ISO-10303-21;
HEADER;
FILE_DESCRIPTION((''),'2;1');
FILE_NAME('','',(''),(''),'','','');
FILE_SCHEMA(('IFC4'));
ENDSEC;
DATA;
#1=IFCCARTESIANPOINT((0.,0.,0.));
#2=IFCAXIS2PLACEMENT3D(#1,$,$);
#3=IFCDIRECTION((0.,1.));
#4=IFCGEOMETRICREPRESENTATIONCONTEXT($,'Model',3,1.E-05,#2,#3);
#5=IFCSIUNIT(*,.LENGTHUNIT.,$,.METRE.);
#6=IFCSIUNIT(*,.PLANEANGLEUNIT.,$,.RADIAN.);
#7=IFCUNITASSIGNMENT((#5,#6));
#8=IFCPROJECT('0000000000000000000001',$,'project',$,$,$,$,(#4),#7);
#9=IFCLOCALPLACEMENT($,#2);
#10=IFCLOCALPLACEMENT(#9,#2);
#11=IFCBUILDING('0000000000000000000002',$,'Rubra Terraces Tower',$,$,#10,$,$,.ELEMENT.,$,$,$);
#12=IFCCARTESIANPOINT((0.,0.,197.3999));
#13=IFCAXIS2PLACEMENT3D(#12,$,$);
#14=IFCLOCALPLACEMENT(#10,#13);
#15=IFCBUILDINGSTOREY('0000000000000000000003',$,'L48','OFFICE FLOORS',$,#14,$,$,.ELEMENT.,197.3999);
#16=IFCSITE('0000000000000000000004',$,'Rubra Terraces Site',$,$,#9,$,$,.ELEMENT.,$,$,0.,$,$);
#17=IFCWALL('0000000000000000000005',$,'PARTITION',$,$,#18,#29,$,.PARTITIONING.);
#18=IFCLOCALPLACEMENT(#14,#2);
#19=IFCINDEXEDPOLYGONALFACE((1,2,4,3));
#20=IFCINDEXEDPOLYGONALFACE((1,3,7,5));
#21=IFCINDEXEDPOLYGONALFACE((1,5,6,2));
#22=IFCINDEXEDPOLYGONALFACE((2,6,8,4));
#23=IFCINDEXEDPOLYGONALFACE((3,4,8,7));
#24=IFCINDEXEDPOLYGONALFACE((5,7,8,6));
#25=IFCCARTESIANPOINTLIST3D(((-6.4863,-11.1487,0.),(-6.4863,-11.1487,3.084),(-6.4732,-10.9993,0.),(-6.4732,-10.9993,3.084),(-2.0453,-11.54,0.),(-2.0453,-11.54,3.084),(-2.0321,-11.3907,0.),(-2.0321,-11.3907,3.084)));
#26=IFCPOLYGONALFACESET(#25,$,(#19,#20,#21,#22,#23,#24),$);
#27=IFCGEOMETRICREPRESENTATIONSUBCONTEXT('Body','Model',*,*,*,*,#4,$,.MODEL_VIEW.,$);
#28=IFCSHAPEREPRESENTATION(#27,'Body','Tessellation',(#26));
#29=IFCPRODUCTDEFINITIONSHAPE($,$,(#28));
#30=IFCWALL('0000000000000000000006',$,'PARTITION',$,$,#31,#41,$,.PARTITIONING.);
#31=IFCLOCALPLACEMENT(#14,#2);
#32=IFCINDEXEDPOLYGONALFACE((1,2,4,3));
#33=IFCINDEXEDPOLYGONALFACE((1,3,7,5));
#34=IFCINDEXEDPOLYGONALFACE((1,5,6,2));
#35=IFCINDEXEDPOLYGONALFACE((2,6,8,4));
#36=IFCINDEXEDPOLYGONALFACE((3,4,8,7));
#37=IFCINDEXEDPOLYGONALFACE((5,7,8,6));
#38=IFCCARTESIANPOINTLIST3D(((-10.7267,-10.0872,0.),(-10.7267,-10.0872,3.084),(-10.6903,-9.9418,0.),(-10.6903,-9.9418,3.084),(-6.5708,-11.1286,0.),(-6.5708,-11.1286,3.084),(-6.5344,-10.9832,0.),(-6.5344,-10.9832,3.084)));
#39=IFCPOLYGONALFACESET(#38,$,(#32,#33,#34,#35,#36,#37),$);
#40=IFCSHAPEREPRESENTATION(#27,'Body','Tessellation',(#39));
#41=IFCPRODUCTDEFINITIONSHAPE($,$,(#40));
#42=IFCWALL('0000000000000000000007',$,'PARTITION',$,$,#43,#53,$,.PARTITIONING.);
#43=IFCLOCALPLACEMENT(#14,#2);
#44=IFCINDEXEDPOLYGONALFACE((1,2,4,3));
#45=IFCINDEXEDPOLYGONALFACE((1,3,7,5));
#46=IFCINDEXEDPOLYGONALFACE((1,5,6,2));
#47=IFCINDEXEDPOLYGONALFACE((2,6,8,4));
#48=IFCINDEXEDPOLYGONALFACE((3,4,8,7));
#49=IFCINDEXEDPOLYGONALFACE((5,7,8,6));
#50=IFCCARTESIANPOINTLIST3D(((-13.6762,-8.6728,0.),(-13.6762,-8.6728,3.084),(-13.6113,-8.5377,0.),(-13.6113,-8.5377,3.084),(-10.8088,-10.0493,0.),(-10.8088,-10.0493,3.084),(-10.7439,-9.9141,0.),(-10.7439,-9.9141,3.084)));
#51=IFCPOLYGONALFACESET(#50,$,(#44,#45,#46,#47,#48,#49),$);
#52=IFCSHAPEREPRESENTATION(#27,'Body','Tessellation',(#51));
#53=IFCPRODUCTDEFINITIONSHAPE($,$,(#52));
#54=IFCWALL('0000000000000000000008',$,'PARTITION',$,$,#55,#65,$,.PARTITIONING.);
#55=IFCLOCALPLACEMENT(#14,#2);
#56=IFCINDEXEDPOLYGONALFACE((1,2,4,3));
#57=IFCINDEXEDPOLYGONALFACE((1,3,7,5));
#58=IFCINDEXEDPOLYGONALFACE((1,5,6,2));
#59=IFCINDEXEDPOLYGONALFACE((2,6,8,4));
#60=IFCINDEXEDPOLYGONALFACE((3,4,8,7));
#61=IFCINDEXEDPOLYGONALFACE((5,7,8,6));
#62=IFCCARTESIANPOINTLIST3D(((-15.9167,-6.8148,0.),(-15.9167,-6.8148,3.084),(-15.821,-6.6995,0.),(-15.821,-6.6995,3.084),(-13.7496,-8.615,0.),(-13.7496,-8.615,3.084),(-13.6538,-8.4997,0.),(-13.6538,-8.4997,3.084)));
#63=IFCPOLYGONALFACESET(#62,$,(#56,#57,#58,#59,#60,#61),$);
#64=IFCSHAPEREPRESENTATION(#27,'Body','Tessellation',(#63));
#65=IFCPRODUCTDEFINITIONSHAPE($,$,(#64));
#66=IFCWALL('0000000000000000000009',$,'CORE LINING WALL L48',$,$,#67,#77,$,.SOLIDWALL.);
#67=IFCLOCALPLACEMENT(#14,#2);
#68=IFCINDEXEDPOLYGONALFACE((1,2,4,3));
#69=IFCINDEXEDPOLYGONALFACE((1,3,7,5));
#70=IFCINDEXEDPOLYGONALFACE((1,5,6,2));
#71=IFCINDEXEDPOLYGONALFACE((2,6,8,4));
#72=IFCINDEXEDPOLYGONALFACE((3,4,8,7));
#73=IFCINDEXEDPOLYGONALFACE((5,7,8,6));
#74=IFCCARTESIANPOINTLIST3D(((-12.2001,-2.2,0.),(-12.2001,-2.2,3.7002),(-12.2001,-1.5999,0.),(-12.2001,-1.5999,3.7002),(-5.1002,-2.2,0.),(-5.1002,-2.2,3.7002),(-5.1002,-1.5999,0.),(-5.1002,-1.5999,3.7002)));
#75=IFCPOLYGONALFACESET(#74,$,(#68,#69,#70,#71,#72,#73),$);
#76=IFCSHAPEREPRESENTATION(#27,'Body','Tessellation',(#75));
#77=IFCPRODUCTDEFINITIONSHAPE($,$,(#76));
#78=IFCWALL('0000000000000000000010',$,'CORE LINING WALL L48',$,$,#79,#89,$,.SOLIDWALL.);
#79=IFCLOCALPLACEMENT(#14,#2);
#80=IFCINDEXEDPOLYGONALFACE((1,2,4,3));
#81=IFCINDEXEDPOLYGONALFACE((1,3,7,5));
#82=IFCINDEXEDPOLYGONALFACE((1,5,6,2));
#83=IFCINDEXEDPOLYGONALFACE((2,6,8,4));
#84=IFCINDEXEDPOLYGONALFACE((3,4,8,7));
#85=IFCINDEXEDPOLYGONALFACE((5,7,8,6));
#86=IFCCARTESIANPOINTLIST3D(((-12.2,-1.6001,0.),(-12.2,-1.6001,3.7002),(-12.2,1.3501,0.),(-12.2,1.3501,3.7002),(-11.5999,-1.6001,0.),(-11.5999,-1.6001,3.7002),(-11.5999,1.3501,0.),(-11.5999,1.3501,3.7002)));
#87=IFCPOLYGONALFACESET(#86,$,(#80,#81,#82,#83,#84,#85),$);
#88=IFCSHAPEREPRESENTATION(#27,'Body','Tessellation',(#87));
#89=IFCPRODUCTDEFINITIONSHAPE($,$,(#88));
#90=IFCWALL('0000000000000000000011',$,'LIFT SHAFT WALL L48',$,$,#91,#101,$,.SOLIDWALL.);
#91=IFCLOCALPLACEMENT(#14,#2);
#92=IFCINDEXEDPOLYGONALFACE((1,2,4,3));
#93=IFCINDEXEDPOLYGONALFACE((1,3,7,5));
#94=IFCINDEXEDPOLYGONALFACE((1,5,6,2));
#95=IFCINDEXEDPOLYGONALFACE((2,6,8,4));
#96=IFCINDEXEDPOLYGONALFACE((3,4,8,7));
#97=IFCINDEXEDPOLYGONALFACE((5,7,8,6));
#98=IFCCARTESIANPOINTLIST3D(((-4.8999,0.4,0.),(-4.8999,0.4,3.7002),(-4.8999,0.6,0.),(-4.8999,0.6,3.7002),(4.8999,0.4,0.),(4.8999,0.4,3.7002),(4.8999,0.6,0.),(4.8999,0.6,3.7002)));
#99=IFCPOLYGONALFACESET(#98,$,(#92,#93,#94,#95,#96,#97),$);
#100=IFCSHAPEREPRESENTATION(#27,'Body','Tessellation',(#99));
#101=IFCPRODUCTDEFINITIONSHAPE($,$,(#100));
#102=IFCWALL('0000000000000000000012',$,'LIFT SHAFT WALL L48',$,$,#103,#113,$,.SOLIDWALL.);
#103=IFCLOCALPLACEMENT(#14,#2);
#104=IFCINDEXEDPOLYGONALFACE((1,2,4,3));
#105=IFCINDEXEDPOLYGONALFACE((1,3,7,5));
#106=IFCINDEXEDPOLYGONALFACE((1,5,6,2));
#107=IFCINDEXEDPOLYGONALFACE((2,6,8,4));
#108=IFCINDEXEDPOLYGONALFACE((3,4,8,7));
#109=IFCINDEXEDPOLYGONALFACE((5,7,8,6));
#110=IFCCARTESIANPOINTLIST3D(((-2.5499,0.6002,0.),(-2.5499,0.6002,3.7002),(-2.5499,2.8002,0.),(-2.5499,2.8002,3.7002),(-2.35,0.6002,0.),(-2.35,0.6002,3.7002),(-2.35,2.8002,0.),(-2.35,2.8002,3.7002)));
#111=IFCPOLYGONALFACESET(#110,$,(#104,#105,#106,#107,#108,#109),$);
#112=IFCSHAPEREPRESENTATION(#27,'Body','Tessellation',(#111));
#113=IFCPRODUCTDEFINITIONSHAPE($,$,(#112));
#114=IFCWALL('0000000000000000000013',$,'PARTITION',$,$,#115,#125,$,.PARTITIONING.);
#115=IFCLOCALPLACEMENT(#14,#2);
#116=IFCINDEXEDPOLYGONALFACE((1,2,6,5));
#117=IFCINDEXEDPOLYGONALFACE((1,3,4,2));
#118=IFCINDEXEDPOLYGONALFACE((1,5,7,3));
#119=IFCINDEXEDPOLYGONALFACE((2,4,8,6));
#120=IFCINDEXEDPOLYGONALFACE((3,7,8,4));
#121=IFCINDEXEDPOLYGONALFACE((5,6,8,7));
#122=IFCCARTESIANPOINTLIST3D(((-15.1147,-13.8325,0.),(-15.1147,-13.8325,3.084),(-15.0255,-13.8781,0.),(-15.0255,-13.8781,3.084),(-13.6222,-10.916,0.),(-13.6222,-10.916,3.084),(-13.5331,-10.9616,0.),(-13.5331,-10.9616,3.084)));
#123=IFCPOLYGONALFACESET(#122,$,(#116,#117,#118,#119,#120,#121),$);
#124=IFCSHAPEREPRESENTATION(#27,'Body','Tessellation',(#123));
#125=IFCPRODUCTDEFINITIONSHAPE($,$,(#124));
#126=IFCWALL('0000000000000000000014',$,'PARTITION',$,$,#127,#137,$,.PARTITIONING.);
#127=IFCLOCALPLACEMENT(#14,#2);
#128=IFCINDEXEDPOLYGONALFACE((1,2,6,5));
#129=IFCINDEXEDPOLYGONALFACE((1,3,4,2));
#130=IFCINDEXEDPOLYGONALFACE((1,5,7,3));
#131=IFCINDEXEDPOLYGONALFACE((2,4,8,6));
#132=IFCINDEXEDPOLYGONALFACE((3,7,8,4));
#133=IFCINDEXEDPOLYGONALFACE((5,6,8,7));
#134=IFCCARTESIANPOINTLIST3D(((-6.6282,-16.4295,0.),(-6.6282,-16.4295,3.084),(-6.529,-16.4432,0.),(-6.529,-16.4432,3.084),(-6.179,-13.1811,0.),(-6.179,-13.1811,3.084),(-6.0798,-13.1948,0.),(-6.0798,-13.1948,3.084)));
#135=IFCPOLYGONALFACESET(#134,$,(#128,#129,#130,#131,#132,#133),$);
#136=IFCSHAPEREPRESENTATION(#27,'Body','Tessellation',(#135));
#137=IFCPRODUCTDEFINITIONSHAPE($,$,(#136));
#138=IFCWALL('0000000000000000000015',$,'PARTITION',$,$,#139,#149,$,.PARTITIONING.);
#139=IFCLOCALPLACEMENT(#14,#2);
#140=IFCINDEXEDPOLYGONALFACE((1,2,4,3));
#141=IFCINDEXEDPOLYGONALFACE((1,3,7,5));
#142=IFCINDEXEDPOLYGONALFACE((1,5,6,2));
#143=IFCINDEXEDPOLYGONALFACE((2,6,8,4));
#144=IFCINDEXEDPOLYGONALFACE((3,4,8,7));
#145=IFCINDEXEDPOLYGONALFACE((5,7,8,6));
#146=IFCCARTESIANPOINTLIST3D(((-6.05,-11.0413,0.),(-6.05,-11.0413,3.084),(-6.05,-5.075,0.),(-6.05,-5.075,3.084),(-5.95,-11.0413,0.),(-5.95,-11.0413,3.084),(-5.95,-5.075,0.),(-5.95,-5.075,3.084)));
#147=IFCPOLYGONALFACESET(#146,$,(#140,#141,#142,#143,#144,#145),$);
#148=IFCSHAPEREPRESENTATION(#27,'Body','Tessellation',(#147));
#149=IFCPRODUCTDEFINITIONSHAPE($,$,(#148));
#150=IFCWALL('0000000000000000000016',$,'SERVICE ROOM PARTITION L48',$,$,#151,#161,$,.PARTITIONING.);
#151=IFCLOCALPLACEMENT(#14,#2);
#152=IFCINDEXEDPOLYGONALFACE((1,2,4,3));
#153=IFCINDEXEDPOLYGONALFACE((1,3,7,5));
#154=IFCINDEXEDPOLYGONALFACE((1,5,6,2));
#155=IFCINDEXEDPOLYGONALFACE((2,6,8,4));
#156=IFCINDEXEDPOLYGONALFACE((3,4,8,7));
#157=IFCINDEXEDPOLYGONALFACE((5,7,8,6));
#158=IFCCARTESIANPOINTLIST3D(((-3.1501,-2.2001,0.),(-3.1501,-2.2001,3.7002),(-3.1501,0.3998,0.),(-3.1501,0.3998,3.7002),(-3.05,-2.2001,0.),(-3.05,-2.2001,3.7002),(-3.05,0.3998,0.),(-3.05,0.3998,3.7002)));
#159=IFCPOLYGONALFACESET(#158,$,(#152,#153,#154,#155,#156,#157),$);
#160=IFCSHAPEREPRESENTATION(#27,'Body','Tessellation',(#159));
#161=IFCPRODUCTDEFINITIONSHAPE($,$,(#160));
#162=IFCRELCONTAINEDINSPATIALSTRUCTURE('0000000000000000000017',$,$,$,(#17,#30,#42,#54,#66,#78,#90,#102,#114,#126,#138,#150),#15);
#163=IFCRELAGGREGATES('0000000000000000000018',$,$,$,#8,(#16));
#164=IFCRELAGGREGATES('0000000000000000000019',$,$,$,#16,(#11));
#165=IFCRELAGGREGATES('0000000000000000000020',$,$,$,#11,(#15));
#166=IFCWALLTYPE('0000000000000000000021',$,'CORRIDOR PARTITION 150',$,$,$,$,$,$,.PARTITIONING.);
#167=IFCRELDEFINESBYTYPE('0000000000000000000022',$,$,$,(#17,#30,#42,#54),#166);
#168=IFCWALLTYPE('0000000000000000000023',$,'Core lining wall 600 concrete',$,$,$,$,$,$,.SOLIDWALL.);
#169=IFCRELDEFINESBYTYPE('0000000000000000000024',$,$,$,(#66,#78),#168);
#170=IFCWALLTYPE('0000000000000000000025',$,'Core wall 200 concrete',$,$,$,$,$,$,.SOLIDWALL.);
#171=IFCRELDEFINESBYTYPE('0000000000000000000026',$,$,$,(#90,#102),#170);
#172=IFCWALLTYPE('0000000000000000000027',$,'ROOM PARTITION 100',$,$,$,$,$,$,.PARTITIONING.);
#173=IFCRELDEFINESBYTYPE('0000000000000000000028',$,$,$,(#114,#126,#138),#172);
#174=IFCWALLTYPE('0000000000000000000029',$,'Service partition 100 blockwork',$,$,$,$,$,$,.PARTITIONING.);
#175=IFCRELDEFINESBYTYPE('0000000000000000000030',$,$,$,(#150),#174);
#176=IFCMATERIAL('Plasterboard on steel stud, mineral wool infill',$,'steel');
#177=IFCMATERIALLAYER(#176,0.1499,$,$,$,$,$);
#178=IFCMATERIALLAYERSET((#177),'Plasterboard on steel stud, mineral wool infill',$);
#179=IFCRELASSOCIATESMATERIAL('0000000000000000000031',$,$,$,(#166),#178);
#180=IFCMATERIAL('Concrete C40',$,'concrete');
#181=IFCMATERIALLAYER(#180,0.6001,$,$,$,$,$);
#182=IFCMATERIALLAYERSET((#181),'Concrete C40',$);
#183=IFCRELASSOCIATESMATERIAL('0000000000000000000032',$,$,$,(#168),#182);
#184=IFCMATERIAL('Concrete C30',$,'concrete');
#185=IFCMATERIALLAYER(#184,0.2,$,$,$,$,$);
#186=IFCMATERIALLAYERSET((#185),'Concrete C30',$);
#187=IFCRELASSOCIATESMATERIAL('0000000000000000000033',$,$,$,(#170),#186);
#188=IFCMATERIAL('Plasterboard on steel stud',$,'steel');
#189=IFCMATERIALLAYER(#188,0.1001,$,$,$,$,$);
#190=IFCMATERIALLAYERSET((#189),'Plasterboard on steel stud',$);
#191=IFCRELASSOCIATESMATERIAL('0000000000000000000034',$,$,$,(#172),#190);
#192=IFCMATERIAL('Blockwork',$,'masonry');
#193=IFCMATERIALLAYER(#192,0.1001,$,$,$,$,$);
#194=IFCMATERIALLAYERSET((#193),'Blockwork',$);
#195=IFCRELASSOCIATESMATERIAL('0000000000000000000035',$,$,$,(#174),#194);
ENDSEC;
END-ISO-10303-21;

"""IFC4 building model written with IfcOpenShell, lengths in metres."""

from ifc_helpers import new_model, si_unit, direction, frame, frame_2d, origin, place, context, subcontext, project, spatial, rectangle, extrude, material, layer, layer_set, type_object, element, save


model = new_model("IFC4")

# Units and contexts
model_context = context("Model", 3, precision=1e-05, world=origin(), true_north=direction((0.0, 1.0)))
body_context = subcontext(model_context, "Body", "Model", "MODEL_VIEW")
ifc_project = project(units=[si_unit("LENGTHUNIT", "METRE"), si_unit("PLANEANGLEUNIT", "RADIAN")], contexts=[model_context])

# Site, building, storey
site_placement = place(None, origin())
site = spatial("IfcSite", under=ifc_project, at=site_placement, Name="Rubra Terraces Site", CompositionType="ELEMENT", RefElevation=0.0)
building_placement = place(site_placement, origin())
building = spatial("IfcBuilding", under=site, at=building_placement, Name="Rubra Terraces Tower", CompositionType="ELEMENT")
storey_placement = place(building_placement, frame((0.0, 0.0, 197.3999)))
storey = spatial("IfcBuildingStorey", under=building, at=storey_placement, Name="L48", Description="OFFICE FLOORS", CompositionType="ELEMENT", Elevation=197.3999)

# Shared definitions
ifc_material_1 = material(Name="Concrete C40", Category="concrete")

# Shared definitions
ifc_material_2 = material(Name="Plasterboard on steel stud, mineral wool infill", Category="steel")
ifc_layer_1 = layer(ifc_material_2, 0.1499)
ifc_layer_set_1 = layer_set([ifc_layer_1], Name="Plasterboard on steel stud, mineral wool infill")
wall_type_1 = type_object("IfcWallType", Name="CORRIDOR PARTITION 150", PredefinedType="PARTITIONING", material=ifc_layer_set_1)

# Walls
wall_1_placement = place(storey_placement, frame((-2.0388, -11.4653, 0.0), z_axis=(0.0, 0.0, 1.0), x_axis=(-0.99614, 0.08778, 0.0)))
element("IfcWall", 1, at=wall_1_placement, inside=storey, type_object=wall_type_1, Name="PARTITION", PredefinedType="PARTITIONING", context=body_context, shape_type="SweptSolid", body=[
    extrude(rectangle(XDim=4.4583, YDim=0.1499, at=frame_2d((2.229, 0.0))), origin(), (0.0, 0.0, 1.0), 3.084),
])
wall_2_placement = place(storey_placement, frame((-6.5527, -11.0559, 0.0), z_axis=(0.0, 0.0, 1.0), x_axis=(-0.970005, 0.243085, 0.0)))
element("IfcWall", 2, at=wall_2_placement, inside=storey, type_object=wall_type_1, Name="PARTITION", PredefinedType="PARTITIONING", context=body_context, shape_type="SweptSolid", body=[
    extrude(rectangle(XDim=4.2844, YDim=0.1499, at=frame_2d((2.1421, 0.0))), origin(), (0.0, 0.0, 1.0), 3.084),
])
wall_3_placement = place(storey_placement, frame((-10.7764, -9.9817, 0.0), z_axis=(0.0, 0.0, 1.0), x_axis=(-0.901511, 0.432756, 0.0)))
element("IfcWall", 3, at=wall_3_placement, inside=storey, type_object=wall_type_1, Name="PARTITION", PredefinedType="PARTITIONING", context=body_context, shape_type="SweptSolid", body=[
    extrude(rectangle(XDim=3.1807, YDim=0.1499, at=frame_2d((1.5903, 0.0))), origin(), (0.0, 0.0, 1.0), 3.084),
])
wall_4_placement = place(storey_placement, frame((-13.7017, -8.5574, 0.0), z_axis=(0.0, 0.0, 1.0), x_axis=(-0.769222, 0.638982, 0.0)))
element("IfcWall", 4, at=wall_4_placement, inside=storey, type_object=wall_type_1, Name="PARTITION", PredefinedType="PARTITIONING", context=body_context, shape_type="SweptSolid", body=[
    extrude(rectangle(XDim=2.8174, YDim=0.1499, at=frame_2d((1.4087, 0.0))), origin(), (0.0, 0.0, 1.0), 3.084),
])
ifc_layer_2 = layer(ifc_material_1, 0.6001)
ifc_layer_set_2 = layer_set([ifc_layer_2], Name="Concrete C40")
wall_type_2 = type_object("IfcWallType", Name="Core lining wall 600 concrete", PredefinedType="SOLIDWALL", material=ifc_layer_set_2)
wall_5_placement = place(storey_placement, frame((-12.2, -1.8999, 0.0), z_axis=(0.0, 0.0, 1.0), x_axis=(1.0, 0.0, 0.0)))
element("IfcWall", 5, at=wall_5_placement, inside=storey, type_object=wall_type_2, Name="CORE LINING WALL L48", PredefinedType="SOLIDWALL", context=body_context, shape_type="SweptSolid", body=[
    extrude(rectangle(XDim=7.0999, YDim=0.6001, at=frame_2d((3.5498, 0.0))), origin(), (0.0, 0.0, 1.0), 3.7002),
])
wall_6_placement = place(storey_placement, frame((-11.8999, -1.6001, 0.0), z_axis=(0.0, 0.0, 1.0), x_axis=(0.0, 1.0, 0.0)))
element("IfcWall", 6, at=wall_6_placement, inside=storey, type_object=wall_type_2, Name="CORE LINING WALL L48", PredefinedType="SOLIDWALL", context=body_context, shape_type="SweptSolid", body=[
    extrude(rectangle(XDim=2.9502, YDim=0.6001, at=frame_2d((1.4751, 0.0))), origin(), (0.0, 0.0, 1.0), 3.7002),
])
ifc_material_3 = material(Name="Concrete C30", Category="concrete")
ifc_layer_3 = layer(ifc_material_3, 0.2)
ifc_layer_set_3 = layer_set([ifc_layer_3], Name="Concrete C30")
wall_type_3 = type_object("IfcWallType", Name="Core wall 200 concrete", PredefinedType="SOLIDWALL", material=ifc_layer_set_3)
wall_7_placement = place(storey_placement, frame((-4.8999, 0.5, 0.0), z_axis=(0.0, 0.0, 1.0), x_axis=(1.0, 0.0, 0.0)))
element("IfcWall", 7, at=wall_7_placement, inside=storey, type_object=wall_type_3, Name="LIFT SHAFT WALL L48", PredefinedType="SOLIDWALL", context=body_context, shape_type="SweptSolid", body=[
    extrude(rectangle(XDim=9.7998, YDim=0.2, at=frame_2d((4.8999, 0.0))), origin(), (0.0, 0.0, 1.0), 3.7002),
])
wall_8_placement = place(storey_placement, frame((-2.45, 0.6001, 0.0), z_axis=(0.0, 0.0, 1.0), x_axis=(0.0, 1.0, 0.0)))
element("IfcWall", 8, at=wall_8_placement, inside=storey, type_object=wall_type_3, Name="LIFT SHAFT WALL L48", PredefinedType="SOLIDWALL", context=body_context, shape_type="SweptSolid", body=[
    extrude(rectangle(XDim=2.2, YDim=0.2, at=frame_2d((1.1001, 0.0))), origin(), (0.0, 0.0, 1.0), 3.7002),
])
ifc_material_4 = material(Name="Plasterboard on steel stud", Category="steel")
ifc_layer_4 = layer(ifc_material_4, 0.1001)
ifc_layer_set_4 = layer_set([ifc_layer_4], Name="Plasterboard on steel stud")
wall_type_4 = type_object("IfcWallType", Name="ROOM PARTITION 100", PredefinedType="PARTITIONING", material=ifc_layer_set_4)
wall_9_placement = place(storey_placement, frame((-13.5776, -10.9387, 0.0), z_axis=(0.0, 0.0, 1.0), x_axis=(-0.45554, -0.890215, 0.0)))
element("IfcWall", 9, at=wall_9_placement, inside=storey, type_object=wall_type_4, Name="PARTITION", PredefinedType="PARTITIONING", context=body_context, shape_type="SweptSolid", body=[
    extrude(rectangle(XDim=3.2761, YDim=0.1001, at=frame_2d((1.6382, 0.0))), origin(), (0.0, 0.0, 1.0), 3.084),
])
wall_10_placement = place(storey_placement, frame((-6.1294, -13.188, 0.0), z_axis=(0.0, 0.0, 1.0), x_axis=(-0.13699, -0.990572, 0.0)))
element("IfcWall", 10, at=wall_10_placement, inside=storey, type_object=wall_type_4, Name="PARTITION", PredefinedType="PARTITIONING", context=body_context, shape_type="SweptSolid", body=[
    extrude(rectangle(XDim=3.2793, YDim=0.1001, at=frame_2d((1.6396, 0.0))), origin(), (0.0, 0.0, 1.0), 3.084),
])
wall_11_placement = place(storey_placement, frame((-6.0, -11.0413, 0.0), z_axis=(0.0, 0.0, 1.0), x_axis=(0.0, 1.0, 0.0)))
element("IfcWall", 11, at=wall_11_placement, inside=storey, type_object=wall_type_4, Name="PARTITION", PredefinedType="PARTITIONING", context=body_context, shape_type="SweptSolid", body=[
    extrude(rectangle(XDim=5.9663, YDim=0.1001, at=frame_2d((2.9832, 0.0))), origin(), (0.0, 0.0, 1.0), 3.084),
])
ifc_material_5 = material(Name="Blockwork", Category="masonry")
ifc_layer_5 = layer(ifc_material_5, 0.1001)
ifc_layer_set_5 = layer_set([ifc_layer_5], Name="Blockwork")
wall_type_5 = type_object("IfcWallType", Name="Service partition 100 blockwork", PredefinedType="PARTITIONING", material=ifc_layer_set_5)
wall_12_placement = place(storey_placement, frame((-3.1001, -2.2, 0.0), z_axis=(0.0, 0.0, 1.0), x_axis=(0.0, 1.0, 0.0)))
element("IfcWall", 12, at=wall_12_placement, inside=storey, type_object=wall_type_5, Name="SERVICE ROOM PARTITION L48", PredefinedType="PARTITIONING", context=body_context, shape_type="SweptSolid", body=[
    extrude(rectangle(XDim=2.5999, YDim=0.1001, at=frame_2d((1.2998, 0.0))), origin(), (0.0, 0.0, 1.0), 3.7002),
])

save(model, "model.ifc")
